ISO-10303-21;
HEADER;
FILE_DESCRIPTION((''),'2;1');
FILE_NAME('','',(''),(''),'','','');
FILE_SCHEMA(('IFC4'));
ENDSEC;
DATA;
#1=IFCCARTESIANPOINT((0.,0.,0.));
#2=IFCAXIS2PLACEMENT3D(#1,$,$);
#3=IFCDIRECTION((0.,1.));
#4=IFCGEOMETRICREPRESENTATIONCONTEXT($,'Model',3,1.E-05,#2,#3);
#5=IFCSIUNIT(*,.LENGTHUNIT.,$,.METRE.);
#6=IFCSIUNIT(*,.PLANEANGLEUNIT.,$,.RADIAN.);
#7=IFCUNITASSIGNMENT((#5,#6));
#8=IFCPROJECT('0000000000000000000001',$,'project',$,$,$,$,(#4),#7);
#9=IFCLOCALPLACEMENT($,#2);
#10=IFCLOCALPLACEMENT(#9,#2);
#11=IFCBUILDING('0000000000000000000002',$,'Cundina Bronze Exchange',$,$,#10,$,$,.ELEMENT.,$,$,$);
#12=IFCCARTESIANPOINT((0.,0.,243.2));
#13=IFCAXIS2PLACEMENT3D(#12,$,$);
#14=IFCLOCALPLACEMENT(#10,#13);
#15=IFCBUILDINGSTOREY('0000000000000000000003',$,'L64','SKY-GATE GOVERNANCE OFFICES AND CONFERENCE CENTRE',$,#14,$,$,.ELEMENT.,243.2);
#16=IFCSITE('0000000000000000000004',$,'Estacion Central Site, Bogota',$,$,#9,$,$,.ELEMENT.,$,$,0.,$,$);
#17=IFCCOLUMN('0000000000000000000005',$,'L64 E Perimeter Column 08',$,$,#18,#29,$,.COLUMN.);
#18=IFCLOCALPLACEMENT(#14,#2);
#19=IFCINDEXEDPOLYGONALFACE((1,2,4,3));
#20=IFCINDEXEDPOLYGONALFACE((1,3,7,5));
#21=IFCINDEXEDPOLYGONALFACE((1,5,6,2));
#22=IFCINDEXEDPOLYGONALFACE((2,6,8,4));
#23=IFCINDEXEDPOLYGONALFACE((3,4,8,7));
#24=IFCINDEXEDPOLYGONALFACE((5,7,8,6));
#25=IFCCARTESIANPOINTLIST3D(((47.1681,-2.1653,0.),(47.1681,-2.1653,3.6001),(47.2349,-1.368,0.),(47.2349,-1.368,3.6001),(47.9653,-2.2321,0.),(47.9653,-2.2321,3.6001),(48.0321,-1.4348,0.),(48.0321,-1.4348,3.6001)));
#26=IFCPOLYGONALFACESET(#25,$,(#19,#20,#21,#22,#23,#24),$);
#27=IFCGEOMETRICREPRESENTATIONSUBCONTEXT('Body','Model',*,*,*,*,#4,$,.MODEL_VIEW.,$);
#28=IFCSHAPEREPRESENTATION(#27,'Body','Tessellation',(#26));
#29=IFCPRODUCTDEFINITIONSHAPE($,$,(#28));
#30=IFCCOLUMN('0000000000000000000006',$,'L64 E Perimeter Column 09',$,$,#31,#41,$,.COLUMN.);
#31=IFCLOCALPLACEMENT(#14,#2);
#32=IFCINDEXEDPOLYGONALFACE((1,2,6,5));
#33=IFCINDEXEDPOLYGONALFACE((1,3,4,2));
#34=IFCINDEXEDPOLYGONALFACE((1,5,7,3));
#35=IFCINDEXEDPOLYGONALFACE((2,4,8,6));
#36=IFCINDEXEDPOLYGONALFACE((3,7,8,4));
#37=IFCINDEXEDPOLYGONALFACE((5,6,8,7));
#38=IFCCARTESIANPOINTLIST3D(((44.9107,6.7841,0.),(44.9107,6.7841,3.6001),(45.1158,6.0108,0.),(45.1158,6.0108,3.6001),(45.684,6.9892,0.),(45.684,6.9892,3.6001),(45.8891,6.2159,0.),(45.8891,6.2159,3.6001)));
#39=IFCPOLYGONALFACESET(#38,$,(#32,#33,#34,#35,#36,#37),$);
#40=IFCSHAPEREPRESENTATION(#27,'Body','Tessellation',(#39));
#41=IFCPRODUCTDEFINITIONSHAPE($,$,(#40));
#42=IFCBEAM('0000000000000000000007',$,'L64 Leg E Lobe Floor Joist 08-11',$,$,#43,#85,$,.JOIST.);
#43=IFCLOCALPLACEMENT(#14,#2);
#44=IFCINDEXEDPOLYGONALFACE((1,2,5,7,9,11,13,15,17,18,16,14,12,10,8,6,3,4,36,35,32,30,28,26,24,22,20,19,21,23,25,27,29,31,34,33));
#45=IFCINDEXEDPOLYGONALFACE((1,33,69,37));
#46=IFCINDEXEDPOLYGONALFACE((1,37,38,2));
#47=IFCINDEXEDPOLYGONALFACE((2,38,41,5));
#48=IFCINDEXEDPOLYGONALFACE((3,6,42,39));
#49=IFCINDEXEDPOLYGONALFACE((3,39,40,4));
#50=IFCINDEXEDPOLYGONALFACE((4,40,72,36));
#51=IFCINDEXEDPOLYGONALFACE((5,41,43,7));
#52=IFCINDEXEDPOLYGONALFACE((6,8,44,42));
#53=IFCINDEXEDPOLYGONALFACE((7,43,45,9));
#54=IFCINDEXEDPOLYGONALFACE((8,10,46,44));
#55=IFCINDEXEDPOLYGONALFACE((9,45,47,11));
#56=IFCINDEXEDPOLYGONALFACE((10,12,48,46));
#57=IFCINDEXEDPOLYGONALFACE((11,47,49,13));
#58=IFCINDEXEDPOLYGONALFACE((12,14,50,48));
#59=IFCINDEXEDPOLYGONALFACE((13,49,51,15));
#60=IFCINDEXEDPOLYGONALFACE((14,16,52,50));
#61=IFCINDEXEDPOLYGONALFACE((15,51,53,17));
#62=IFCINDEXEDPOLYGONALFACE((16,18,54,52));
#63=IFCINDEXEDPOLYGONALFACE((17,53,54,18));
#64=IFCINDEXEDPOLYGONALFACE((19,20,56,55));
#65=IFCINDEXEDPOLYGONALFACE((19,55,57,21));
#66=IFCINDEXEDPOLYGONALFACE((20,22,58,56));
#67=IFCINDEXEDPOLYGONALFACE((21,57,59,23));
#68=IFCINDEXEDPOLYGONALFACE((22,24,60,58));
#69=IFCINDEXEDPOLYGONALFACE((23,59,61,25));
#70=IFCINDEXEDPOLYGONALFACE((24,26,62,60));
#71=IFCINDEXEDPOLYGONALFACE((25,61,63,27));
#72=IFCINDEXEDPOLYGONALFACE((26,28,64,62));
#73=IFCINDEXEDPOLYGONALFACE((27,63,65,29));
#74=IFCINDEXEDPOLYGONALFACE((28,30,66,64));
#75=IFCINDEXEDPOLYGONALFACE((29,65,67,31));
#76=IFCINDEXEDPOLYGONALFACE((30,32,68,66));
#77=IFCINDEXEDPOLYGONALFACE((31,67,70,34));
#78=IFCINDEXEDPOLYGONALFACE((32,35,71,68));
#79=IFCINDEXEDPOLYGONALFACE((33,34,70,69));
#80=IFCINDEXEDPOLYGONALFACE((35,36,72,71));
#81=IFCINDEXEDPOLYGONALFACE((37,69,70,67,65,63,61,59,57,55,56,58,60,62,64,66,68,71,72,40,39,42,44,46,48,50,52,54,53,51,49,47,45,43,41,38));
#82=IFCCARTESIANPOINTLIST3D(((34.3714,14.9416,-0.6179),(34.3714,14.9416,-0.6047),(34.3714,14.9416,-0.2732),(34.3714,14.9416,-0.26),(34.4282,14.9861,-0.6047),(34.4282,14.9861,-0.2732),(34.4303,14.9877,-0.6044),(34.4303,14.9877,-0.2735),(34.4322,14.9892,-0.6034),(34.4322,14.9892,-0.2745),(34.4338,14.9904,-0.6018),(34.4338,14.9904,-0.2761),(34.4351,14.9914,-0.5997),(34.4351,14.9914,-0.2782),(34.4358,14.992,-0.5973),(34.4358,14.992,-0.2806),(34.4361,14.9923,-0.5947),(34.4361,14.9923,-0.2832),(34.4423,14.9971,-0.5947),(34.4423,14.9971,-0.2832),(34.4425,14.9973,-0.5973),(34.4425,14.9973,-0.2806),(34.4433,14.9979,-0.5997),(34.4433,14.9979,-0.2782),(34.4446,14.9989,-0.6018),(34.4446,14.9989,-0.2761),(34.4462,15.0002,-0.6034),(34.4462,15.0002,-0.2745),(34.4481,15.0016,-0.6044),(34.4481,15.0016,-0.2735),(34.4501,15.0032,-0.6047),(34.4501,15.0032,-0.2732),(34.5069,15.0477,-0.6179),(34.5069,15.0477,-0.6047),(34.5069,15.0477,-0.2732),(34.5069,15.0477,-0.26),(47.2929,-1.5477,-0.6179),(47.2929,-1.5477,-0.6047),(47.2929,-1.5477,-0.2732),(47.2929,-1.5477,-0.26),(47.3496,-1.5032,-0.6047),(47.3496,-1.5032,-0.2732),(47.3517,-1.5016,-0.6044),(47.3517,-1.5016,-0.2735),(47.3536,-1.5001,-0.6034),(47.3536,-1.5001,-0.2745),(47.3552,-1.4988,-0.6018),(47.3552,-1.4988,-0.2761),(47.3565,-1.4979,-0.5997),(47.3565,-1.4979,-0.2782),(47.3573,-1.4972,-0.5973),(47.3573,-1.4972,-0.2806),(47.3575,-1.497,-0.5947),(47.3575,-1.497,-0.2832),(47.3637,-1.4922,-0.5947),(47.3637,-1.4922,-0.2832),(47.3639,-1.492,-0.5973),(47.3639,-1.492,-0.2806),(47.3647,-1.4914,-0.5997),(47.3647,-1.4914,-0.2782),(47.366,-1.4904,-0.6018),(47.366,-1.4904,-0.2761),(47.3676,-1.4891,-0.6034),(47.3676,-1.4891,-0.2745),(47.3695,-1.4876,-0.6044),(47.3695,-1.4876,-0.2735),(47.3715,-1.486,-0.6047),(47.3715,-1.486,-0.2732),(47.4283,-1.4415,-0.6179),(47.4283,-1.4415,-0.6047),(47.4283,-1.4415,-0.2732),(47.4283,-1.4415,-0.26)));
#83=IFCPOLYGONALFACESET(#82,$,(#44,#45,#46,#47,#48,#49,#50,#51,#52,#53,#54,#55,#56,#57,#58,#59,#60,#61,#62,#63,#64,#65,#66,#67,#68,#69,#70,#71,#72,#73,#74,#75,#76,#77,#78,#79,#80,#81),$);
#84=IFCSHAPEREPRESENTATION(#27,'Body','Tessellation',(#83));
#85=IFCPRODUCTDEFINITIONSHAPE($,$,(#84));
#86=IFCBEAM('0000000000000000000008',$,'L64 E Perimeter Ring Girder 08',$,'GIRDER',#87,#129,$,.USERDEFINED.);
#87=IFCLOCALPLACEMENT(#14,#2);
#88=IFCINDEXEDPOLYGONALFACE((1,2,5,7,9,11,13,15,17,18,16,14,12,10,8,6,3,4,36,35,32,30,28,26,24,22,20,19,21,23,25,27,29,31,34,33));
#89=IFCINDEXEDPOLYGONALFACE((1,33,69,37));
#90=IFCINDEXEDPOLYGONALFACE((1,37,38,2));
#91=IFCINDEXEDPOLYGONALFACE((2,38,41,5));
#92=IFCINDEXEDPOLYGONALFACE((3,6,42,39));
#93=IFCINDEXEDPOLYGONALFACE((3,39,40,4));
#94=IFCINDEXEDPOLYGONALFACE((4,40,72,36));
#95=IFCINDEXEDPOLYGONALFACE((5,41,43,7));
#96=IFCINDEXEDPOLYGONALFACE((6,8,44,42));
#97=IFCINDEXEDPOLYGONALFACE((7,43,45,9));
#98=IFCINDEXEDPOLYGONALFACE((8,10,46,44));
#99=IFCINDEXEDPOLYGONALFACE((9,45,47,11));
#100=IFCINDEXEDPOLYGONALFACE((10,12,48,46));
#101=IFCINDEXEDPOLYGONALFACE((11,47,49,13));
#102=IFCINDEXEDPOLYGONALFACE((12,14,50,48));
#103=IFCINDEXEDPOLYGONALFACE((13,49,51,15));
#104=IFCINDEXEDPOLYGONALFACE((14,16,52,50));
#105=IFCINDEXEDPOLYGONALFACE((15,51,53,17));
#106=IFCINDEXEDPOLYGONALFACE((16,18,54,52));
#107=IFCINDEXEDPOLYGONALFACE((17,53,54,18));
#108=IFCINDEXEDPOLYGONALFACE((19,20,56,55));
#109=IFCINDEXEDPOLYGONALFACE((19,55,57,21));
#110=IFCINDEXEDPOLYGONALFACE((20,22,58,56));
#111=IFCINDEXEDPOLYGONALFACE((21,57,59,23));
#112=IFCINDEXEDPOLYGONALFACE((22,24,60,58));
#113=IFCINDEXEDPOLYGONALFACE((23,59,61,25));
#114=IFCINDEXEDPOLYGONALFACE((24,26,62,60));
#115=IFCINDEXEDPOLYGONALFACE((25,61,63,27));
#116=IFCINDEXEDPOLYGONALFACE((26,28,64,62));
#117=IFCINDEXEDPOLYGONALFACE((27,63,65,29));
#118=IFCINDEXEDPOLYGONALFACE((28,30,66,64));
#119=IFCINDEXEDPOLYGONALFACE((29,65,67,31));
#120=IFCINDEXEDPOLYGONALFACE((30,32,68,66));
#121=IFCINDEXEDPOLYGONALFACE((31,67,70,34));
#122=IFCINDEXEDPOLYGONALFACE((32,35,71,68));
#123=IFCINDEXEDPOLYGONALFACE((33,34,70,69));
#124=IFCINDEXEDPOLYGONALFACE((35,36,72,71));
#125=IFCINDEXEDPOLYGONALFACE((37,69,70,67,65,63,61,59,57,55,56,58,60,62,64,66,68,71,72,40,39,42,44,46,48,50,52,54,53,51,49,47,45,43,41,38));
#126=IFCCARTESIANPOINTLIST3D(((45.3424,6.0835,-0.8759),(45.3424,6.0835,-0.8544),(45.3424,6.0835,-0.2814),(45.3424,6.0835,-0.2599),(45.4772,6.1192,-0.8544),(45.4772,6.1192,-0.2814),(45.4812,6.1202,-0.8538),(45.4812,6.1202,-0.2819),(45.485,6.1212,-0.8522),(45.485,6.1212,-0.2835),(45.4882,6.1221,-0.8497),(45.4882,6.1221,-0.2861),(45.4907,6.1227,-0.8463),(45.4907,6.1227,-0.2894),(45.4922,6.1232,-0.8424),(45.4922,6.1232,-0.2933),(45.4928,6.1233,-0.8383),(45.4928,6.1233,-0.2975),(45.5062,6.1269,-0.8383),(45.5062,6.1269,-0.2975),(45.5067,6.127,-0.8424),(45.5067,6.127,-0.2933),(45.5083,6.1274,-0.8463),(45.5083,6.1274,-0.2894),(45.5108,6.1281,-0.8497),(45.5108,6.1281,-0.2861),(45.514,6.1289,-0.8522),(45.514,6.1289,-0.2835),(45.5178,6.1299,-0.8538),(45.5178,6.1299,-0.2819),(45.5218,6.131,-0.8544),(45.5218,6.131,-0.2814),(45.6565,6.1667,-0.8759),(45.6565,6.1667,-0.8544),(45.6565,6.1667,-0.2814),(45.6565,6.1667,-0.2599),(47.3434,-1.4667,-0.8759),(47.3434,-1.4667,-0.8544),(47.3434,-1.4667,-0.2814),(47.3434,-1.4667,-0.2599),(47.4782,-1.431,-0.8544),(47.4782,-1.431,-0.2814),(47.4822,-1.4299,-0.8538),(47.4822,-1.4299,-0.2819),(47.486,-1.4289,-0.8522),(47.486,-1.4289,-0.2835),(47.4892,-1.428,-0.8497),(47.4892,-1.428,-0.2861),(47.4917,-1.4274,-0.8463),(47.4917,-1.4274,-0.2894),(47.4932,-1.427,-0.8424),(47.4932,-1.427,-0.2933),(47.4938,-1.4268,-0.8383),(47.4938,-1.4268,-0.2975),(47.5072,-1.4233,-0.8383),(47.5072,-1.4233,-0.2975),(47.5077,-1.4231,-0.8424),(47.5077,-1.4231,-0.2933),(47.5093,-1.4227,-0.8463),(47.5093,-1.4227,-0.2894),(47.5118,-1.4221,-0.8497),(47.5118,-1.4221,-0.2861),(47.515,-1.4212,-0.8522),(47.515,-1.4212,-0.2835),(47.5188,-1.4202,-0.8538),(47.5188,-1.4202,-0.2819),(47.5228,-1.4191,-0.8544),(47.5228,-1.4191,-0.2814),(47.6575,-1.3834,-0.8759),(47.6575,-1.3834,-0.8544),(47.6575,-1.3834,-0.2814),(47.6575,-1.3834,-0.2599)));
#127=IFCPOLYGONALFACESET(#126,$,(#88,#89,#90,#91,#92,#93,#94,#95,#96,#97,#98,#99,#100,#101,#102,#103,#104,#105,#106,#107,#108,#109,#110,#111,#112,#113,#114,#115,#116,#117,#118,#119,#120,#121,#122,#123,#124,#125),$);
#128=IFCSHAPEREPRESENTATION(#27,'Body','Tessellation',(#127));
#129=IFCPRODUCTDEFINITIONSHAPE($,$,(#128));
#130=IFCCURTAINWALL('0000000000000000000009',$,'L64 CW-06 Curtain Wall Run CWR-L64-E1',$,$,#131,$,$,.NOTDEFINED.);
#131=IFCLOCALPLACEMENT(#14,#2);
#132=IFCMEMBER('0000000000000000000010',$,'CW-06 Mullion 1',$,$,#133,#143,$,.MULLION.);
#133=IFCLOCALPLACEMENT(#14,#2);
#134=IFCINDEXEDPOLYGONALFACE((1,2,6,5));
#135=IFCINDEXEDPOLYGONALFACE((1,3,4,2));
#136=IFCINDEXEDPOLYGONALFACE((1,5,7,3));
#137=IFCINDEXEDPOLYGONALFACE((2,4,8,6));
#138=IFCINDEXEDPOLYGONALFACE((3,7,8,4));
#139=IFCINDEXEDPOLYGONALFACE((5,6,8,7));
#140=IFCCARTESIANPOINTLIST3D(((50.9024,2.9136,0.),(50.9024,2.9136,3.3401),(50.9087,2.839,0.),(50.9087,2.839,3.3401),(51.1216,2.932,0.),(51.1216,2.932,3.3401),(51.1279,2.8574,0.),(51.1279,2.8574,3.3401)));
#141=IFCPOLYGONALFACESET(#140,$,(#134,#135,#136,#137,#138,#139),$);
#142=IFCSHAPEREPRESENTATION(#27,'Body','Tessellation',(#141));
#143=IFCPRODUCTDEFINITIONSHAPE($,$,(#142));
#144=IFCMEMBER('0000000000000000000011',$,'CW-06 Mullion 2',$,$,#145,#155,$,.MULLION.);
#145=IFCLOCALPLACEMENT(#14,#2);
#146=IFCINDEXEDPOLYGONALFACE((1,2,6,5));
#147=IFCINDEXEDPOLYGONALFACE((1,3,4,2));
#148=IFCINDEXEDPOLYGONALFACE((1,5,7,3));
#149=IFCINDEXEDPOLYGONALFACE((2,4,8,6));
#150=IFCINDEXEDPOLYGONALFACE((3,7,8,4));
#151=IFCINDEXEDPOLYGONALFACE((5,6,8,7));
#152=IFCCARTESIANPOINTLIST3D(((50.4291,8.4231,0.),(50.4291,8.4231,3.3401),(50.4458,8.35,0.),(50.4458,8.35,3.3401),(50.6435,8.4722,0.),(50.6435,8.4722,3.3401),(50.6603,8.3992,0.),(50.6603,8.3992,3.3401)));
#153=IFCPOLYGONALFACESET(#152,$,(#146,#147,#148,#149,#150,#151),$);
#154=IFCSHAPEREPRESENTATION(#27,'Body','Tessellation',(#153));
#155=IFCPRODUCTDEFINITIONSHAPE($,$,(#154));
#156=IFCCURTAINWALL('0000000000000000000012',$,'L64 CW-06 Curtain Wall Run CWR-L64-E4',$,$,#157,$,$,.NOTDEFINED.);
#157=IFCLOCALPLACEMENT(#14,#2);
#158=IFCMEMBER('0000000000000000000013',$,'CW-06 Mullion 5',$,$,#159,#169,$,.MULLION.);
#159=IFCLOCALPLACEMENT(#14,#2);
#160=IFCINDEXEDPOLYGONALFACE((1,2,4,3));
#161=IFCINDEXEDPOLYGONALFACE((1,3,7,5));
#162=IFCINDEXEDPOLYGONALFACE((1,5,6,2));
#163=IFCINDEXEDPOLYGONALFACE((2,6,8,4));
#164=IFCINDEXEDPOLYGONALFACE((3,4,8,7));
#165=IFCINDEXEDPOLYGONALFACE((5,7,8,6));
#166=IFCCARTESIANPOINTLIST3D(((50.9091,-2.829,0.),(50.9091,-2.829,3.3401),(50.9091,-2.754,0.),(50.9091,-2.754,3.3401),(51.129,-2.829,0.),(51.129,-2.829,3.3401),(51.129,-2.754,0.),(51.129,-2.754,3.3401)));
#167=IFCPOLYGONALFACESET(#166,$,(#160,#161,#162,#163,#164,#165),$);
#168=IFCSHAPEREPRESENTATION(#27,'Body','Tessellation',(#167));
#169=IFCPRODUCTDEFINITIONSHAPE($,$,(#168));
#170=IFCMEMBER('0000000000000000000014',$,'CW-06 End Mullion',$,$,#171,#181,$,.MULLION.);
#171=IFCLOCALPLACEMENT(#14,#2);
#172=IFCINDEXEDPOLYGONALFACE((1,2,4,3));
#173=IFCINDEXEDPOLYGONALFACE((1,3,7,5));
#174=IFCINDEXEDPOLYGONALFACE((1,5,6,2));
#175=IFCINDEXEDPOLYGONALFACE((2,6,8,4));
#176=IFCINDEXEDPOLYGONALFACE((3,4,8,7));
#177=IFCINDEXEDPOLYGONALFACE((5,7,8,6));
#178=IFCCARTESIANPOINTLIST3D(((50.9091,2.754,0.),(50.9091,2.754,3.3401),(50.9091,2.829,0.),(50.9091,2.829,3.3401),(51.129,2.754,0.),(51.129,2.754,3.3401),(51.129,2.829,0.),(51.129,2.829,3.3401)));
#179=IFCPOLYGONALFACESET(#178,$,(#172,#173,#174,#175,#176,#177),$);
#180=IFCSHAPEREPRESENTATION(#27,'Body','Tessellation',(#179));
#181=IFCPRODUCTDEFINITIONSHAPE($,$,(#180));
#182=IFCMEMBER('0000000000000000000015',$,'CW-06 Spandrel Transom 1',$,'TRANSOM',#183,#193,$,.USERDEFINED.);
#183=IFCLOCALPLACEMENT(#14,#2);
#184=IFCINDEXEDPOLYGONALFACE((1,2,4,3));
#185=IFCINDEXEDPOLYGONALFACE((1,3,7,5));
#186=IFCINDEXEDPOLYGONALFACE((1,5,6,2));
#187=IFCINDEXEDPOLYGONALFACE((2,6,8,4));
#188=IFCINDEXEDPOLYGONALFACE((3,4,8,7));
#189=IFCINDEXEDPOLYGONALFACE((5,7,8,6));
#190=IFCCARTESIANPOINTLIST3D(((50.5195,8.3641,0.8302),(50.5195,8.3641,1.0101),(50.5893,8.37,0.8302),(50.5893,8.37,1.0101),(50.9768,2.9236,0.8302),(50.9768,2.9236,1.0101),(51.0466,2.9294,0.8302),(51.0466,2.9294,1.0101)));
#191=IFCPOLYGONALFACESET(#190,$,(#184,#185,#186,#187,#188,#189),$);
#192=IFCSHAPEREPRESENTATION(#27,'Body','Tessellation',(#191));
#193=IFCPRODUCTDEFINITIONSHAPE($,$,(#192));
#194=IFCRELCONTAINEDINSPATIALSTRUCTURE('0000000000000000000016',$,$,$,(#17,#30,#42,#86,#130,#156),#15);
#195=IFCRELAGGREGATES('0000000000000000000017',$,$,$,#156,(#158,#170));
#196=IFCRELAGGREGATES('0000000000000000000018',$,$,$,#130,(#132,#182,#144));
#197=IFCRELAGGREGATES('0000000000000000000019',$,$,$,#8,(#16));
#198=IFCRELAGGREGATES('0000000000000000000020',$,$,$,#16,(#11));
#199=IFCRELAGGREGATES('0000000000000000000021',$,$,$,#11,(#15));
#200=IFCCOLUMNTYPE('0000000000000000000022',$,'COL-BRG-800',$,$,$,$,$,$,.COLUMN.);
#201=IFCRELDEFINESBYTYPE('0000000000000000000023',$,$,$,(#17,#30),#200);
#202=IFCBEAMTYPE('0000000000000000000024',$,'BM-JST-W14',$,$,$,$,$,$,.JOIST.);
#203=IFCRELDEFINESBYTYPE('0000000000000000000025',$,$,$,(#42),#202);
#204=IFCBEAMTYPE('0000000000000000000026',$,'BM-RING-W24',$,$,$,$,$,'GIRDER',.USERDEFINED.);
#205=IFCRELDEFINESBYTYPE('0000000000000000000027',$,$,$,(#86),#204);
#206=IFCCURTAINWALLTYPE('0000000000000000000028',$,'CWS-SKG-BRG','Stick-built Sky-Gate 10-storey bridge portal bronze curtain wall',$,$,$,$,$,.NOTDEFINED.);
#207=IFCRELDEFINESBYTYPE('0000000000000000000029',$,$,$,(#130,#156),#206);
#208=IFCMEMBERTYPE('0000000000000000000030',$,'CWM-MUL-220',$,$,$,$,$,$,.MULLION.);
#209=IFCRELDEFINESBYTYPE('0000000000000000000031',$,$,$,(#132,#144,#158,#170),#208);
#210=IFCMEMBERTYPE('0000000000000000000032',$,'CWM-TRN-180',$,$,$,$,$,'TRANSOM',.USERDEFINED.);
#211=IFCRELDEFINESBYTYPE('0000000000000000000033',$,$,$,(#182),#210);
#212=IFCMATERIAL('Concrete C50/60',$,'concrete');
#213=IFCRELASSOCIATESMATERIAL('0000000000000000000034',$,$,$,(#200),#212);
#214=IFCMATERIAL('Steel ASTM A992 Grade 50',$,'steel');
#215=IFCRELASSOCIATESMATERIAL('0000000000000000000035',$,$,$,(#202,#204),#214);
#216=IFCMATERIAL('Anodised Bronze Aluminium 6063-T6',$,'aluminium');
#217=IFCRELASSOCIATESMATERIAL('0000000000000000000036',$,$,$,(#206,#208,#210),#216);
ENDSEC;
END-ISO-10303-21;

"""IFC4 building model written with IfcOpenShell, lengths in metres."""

from ifc_helpers import new_model, si_unit, direction, frame, origin, origin_2d, place, context, subcontext, project, spatial, rectangle, i_section, extrude, material, material_profile, profile_set, type_object, element, aggregate, save


model = new_model("IFC4")

# Units and contexts
model_context = context("Model", 3, precision=1e-05, world=origin(), true_north=direction((0.0, 1.0)))
body_context = subcontext(model_context, "Body", "Model", "MODEL_VIEW")
ifc_project = project(units=[si_unit("LENGTHUNIT", "METRE"), si_unit("PLANEANGLEUNIT", "RADIAN")], contexts=[model_context])

# Site, building, storey
site_placement = place(None, origin())
site = spatial("IfcSite", under=ifc_project, at=site_placement, Name="Estacion Central Site, Bogota", CompositionType="ELEMENT", RefElevation=0.0)
building_placement = place(site_placement, origin())
building = spatial("IfcBuilding", under=site, at=building_placement, Name="Cundina Bronze Exchange", CompositionType="ELEMENT")
storey_placement = place(building_placement, frame((0.0, 0.0, 243.2)))
storey = spatial("IfcBuildingStorey", under=building, at=storey_placement, Name="L64", Description="SKY-GATE GOVERNANCE OFFICES AND CONFERENCE CENTRE", CompositionType="ELEMENT", Elevation=243.2)

# Columns
ifc_material_1 = material(Name="Concrete C50/60", Category="concrete")
ifc_material_profile_1 = material_profile(ifc_material_1, rectangle(XDim=0.8, YDim=0.8, at=origin_2d()), Name="RC800X800", Category="concrete")
ifc_profile_set_1 = profile_set([ifc_material_profile_1], Name="Concrete C50/60")
column_type = type_object("IfcColumnType", Name="COL-BRG-800", PredefinedType="COLUMN", material=ifc_profile_set_1)
for number, where, z_axis, x_axis, name in (
    (1, (47.6001, -1.8, 0.0), (0.0, 0.0, 1.0), (0.083504, 0.996507, 0.0), "L64 E Perimeter Column 08"),
    (2, (45.3999, 6.5, 0.0), (0.0, 0.0, 1.0), (-0.256289, 0.9666, 0.0), "L64 E Perimeter Column 09"),
):
    element("IfcColumn", number, at=place(storey_placement, frame(where, z_axis=z_axis, x_axis=x_axis)), inside=storey, type_object=column_type, Name=name, PredefinedType="COLUMN", context=body_context, shape_type="SweptSolid", body=[
        extrude(rectangle(XDim=0.8, YDim=0.8, at=origin_2d()), origin(), (0.0, 0.0, 1.0), 3.6001),
    ])

# Beams
ifc_material_2 = material(Name="Steel ASTM A992 Grade 50", Category="steel")
ifc_material_profile_2 = material_profile(ifc_material_2, i_section(OverallWidth=0.1721, OverallDepth=0.3579, WebThickness=0.0078, FlangeThickness=0.0132, FilletRadius=0.01, at=origin_2d()), Name="W14X38", Category="steel")
ifc_profile_set_2 = profile_set([ifc_material_profile_2], Name="Steel ASTM A992 Grade 50")
beam_type_1 = type_object("IfcBeamType", Name="BM-JST-W14", PredefinedType="JOIST", material=ifc_profile_set_2)
beam_1_placement = place(storey_placement, frame((47.3606, -1.4946, -0.439), z_axis=(-0.616804, 0.787117, 0.0), x_axis=(-0.787117, -0.616804, 0.0)))
element("IfcBeam", 3, at=beam_1_placement, inside=storey, type_object=beam_type_1, Name="L64 Leg E Lobe Floor Joist 08-11", PredefinedType="JOIST", context=body_context, shape_type="SweptSolid", body=[
    extrude(i_section(OverallWidth=0.1721, OverallDepth=0.3579, WebThickness=0.0078, FlangeThickness=0.0132, FilletRadius=0.01, at=origin_2d()), origin(), (0.0, 0.0, 1.0), 20.949),
])
ifc_material_profile_3 = material_profile(ifc_material_2, i_section(OverallWidth=0.325, OverallDepth=0.616, WebThickness=0.0139, FlangeThickness=0.0215, FilletRadius=0.0161, at=origin_2d()), Name="W24X117", Category="steel")
ifc_profile_set_3 = profile_set([ifc_material_profile_3], Name="Steel ASTM A992 Grade 50")
beam_type_2 = type_object("IfcBeamType", Name="BM-RING-W24", ElementType="GIRDER", PredefinedType="USERDEFINED", material=ifc_profile_set_3)
beam_2_placement = place(storey_placement, frame((47.5005, -1.425, -0.5679), z_axis=(-0.256184, 0.966628, 0.0), x_axis=(-0.966628, -0.256184, 0.0)))
element("IfcBeam", 4, at=beam_2_placement, inside=storey, type_object=beam_type_2, Name="L64 E Perimeter Ring Girder 08", ObjectType="GIRDER", PredefinedType="USERDEFINED", context=body_context, shape_type="SweptSolid", body=[
    extrude(i_section(OverallWidth=0.325, OverallDepth=0.616, WebThickness=0.0139, FlangeThickness=0.0215, FilletRadius=0.0161, at=origin_2d()), origin(), (0.0, 0.0, 1.0), 7.8108),
])

# Curtain walls, members
ifc_material_3 = material(Name="Anodised Bronze Aluminium 6063-T6", Category="aluminium")
curtain_wall_type = type_object("IfcCurtainWallType", Name="CWS-SKG-BRG", Description="Stick-built Sky-Gate 10-storey bridge portal bronze curtain wall", PredefinedType="NOTDEFINED", material=ifc_material_3)
curtain_wall_1_placement = place(storey_placement, origin())
curtain_wall_1 = element("IfcCurtainWall", 5, at=curtain_wall_1_placement, inside=storey, type_object=curtain_wall_type, Name="L64 CW-06 Curtain Wall Run CWR-L64-E1", PredefinedType="NOTDEFINED")
ifc_material_profile_4 = material_profile(ifc_material_3, rectangle(XDim=0.075, YDim=0.22, at=origin_2d()), Name="AL75X220", Category="aluminium")
ifc_profile_set_4 = profile_set([ifc_material_profile_4], Name="Anodised Bronze Aluminium 6063-T6")
member_type_1 = type_object("IfcMemberType", Name="CWM-MUL-220", PredefinedType="MULLION", material=ifc_profile_set_4)
member_1_placement = place(storey_placement, frame((51.0151, 2.8855, 0.0), z_axis=(0.0, 0.0, 1.0), x_axis=(-0.083678, 0.996493, 0.0)))
member_1 = element("IfcMember", 6, at=member_1_placement, type_object=member_type_1, Name="CW-06 Mullion 1", PredefinedType="MULLION", context=body_context, shape_type="SweptSolid", body=[
    extrude(rectangle(XDim=0.075, YDim=0.22, at=origin_2d()), origin(), (0.0, 0.0, 1.0), 3.3401),
])
member_2_placement = place(storey_placement, frame((50.5447, 8.4111, 0.0), z_axis=(0.0, 0.0, 1.0), x_axis=(-0.22325, 0.974761, 0.0)))
member_2 = element("IfcMember", 7, at=member_2_placement, type_object=member_type_1, Name="CW-06 Mullion 2", PredefinedType="MULLION", context=body_context, shape_type="SweptSolid", body=[
    extrude(rectangle(XDim=0.075, YDim=0.22, at=origin_2d()), origin(), (0.0, 0.0, 1.0), 3.3401),
])
curtain_wall_2_placement = place(storey_placement, origin())
curtain_wall_2 = element("IfcCurtainWall", 8, at=curtain_wall_2_placement, inside=storey, type_object=curtain_wall_type, Name="L64 CW-06 Curtain Wall Run CWR-L64-E4", PredefinedType="NOTDEFINED")
member_3_placement = place(storey_placement, frame((51.019, -2.7915, 0.0), z_axis=(0.0, 0.0, 1.0), x_axis=(0.0, 1.0, 0.0)))
member_3 = element("IfcMember", 9, at=member_3_placement, type_object=member_type_1, Name="CW-06 Mullion 5", PredefinedType="MULLION", context=body_context, shape_type="SweptSolid", body=[
    extrude(rectangle(XDim=0.075, YDim=0.22, at=origin_2d()), origin(), (0.0, 0.0, 1.0), 3.3401),
])
member_4_placement = place(storey_placement, frame((51.019, 2.7915, 0.0), z_axis=(0.0, 0.0, 1.0), x_axis=(0.0, 1.0, 0.0)))
member_4 = element("IfcMember", 10, at=member_4_placement, type_object=member_type_1, Name="CW-06 End Mullion", PredefinedType="MULLION", context=body_context, shape_type="SweptSolid", body=[
    extrude(rectangle(XDim=0.075, YDim=0.22, at=origin_2d()), origin(), (0.0, 0.0, 1.0), 3.3401),
])

# Member
ifc_material_profile_5 = material_profile(ifc_material_3, rectangle(XDim=0.0701, YDim=0.1799, at=origin_2d()), Name="AL70X180", Category="aluminium")
ifc_profile_set_5 = profile_set([ifc_material_profile_5], Name="Anodised Bronze Aluminium 6063-T6")
member_type_2 = type_object("IfcMemberType", Name="CWM-TRN-180", ElementType="TRANSOM", PredefinedType="USERDEFINED", material=ifc_profile_set_5)
member_5_placement = place(storey_placement, frame((51.0117, 2.9265, 0.9202), z_axis=(-0.083756, 0.996486, 0.0), x_axis=(-0.996486, -0.083756, 0.0)))
member_5 = element("IfcMember", 11, at=member_5_placement, type_object=member_type_2, Name="CW-06 Spandrel Transom 1", ObjectType="TRANSOM", PredefinedType="USERDEFINED", context=body_context, shape_type="SweptSolid", body=[
    extrude(rectangle(XDim=0.0701, YDim=0.1799, at=origin_2d()), origin(), (0.0, 0.0, 1.0), 5.4597),
])

aggregate(curtain_wall_2, [member_3, member_4])
aggregate(curtain_wall_1, [member_1, member_5, member_2])

save(model, "model.ifc")
